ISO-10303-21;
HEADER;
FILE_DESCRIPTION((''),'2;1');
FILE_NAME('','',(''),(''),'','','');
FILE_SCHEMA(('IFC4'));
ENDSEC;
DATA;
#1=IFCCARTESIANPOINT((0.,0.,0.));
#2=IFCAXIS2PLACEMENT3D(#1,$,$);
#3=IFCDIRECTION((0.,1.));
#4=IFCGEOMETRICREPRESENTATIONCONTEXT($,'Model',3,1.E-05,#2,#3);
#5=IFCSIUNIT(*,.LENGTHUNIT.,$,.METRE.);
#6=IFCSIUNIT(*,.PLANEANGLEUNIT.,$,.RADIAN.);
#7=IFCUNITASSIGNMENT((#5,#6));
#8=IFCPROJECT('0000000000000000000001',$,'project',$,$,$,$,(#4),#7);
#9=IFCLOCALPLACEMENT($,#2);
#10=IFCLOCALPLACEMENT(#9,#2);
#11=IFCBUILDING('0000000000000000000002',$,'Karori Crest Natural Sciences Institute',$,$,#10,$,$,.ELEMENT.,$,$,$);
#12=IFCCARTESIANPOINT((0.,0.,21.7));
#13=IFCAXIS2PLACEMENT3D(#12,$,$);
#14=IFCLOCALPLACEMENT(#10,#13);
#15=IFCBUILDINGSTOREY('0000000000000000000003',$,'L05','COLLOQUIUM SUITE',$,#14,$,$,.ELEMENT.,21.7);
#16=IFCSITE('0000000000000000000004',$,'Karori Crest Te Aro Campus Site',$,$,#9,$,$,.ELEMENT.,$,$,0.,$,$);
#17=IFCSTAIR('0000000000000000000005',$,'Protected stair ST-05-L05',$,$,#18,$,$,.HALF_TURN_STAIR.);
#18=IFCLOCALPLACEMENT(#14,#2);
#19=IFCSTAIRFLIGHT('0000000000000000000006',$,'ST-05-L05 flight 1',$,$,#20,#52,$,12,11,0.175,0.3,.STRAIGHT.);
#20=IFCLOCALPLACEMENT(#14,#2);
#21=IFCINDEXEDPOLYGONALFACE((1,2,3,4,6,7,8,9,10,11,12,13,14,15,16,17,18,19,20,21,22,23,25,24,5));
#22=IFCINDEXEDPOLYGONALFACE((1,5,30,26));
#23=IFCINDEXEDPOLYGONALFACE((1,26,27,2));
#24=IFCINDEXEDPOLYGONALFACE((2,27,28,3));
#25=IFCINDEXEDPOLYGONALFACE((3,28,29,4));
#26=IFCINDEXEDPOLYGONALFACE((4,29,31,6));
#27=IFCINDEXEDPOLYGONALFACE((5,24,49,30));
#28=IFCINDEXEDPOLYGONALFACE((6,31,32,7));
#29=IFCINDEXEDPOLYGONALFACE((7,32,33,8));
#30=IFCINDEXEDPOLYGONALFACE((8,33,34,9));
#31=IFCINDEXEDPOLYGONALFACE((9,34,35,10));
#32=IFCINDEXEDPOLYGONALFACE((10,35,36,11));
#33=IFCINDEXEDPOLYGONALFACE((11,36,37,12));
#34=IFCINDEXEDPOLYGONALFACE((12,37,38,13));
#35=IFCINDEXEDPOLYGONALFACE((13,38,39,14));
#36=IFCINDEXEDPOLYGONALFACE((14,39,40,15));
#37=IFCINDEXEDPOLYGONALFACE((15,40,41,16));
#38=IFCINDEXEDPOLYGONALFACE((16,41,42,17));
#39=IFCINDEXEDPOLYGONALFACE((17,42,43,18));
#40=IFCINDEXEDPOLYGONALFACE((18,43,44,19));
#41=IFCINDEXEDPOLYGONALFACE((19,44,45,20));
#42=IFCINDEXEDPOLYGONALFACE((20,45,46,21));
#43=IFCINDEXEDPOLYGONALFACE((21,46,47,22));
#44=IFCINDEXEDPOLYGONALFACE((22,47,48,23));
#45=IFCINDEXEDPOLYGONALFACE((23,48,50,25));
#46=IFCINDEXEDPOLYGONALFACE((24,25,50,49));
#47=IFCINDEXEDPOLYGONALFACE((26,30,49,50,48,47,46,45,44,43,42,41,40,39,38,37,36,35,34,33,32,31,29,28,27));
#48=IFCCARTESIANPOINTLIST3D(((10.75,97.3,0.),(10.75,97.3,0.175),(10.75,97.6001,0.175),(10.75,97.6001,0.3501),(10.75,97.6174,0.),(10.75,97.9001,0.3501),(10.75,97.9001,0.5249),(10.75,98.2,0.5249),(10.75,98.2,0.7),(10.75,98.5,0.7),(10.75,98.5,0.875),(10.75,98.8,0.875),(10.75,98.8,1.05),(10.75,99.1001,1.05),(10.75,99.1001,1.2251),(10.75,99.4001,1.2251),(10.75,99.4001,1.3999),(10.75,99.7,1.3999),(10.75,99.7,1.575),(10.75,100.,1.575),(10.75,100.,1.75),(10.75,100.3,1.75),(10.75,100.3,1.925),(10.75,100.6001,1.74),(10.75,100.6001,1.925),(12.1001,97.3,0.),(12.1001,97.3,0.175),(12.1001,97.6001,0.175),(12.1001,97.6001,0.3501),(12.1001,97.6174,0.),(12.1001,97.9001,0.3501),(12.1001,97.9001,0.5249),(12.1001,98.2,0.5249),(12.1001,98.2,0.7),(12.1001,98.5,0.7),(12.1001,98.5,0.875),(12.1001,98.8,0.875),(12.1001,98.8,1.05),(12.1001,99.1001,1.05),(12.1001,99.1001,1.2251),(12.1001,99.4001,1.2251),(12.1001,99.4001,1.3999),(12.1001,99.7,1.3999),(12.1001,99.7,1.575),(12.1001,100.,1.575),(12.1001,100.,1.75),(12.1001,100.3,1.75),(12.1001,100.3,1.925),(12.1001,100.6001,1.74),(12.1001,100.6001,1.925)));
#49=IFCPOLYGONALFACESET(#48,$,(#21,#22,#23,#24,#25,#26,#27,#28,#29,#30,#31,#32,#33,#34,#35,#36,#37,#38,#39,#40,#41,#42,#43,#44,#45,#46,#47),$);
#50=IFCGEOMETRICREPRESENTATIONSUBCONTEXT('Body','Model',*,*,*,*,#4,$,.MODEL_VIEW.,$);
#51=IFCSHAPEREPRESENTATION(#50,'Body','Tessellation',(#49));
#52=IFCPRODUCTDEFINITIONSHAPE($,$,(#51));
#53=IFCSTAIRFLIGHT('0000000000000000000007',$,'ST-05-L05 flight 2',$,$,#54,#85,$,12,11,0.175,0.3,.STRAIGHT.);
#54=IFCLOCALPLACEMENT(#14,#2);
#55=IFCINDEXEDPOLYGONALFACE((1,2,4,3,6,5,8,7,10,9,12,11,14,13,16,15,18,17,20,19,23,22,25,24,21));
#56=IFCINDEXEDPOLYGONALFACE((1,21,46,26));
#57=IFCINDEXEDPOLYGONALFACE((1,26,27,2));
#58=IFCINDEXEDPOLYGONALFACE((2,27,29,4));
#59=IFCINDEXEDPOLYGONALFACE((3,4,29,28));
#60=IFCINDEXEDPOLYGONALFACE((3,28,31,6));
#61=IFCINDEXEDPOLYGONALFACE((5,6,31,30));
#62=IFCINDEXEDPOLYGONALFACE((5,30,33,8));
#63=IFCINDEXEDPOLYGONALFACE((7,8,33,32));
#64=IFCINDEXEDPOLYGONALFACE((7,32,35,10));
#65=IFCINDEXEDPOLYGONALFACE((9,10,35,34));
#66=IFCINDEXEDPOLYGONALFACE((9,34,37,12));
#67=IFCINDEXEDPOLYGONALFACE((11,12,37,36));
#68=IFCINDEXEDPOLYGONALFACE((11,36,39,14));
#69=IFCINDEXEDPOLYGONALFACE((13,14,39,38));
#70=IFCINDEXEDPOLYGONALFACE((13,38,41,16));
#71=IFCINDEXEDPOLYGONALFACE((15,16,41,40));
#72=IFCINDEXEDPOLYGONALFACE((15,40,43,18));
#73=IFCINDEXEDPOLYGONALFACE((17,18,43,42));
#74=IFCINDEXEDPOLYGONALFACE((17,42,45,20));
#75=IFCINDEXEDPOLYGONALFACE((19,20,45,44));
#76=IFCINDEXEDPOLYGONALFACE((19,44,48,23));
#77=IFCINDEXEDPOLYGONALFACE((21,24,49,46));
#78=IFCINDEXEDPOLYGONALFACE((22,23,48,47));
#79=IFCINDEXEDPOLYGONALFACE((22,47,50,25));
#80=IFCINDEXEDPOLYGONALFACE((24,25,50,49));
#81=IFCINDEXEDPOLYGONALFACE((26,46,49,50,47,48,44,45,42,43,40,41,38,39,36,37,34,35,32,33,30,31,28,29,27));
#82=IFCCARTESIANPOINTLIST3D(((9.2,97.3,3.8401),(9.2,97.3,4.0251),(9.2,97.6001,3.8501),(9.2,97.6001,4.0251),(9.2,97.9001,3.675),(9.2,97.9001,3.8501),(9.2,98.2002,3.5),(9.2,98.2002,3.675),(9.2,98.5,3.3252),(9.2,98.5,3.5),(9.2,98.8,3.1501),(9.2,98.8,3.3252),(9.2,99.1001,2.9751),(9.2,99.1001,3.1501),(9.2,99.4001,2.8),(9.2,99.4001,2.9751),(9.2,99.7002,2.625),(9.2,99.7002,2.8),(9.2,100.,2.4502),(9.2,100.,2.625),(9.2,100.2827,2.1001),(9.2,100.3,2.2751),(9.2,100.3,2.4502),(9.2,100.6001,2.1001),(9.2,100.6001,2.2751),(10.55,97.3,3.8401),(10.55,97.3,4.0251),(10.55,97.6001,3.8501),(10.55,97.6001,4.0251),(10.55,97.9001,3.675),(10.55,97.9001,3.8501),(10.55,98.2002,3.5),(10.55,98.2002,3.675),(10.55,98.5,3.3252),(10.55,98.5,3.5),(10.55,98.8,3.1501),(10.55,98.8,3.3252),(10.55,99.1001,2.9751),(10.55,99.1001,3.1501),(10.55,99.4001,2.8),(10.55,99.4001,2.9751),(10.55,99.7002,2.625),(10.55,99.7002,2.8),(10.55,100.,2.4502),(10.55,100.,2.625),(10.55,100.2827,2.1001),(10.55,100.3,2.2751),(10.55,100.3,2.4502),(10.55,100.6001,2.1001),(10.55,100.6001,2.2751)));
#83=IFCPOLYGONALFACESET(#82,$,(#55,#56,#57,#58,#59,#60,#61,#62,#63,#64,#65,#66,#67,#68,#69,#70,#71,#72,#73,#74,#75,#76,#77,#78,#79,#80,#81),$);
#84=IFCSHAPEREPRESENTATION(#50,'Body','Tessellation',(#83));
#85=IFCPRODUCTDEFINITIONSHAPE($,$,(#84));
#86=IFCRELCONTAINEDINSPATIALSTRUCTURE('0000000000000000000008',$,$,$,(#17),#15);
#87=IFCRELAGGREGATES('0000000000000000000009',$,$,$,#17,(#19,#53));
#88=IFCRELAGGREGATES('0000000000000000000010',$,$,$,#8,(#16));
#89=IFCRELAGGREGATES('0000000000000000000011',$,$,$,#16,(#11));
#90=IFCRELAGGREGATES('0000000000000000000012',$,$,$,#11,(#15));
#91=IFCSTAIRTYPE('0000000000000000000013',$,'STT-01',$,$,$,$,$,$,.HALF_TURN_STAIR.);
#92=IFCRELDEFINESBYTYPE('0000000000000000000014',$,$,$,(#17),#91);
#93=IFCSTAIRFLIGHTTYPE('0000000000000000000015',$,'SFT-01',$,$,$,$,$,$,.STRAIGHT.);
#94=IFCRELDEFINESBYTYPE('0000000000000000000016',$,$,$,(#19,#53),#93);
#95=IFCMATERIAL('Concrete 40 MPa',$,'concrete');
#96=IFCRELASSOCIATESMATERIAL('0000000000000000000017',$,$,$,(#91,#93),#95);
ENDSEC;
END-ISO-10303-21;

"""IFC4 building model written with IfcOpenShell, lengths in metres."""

from ifc_helpers import new_model, si_unit, direction, frame, origin, place, context, subcontext, project, spatial, polyline, outline, extrude, material, type_object, element, aggregate, save


model = new_model("IFC4")

# Units and contexts
model_context = context("Model", 3, precision=1e-05, world=origin(), true_north=direction((0.0, 1.0)))
body_context = subcontext(model_context, "Body", "Model", "MODEL_VIEW")
ifc_project = project(units=[si_unit("LENGTHUNIT", "METRE"), si_unit("PLANEANGLEUNIT", "RADIAN")], contexts=[model_context])

# Site, building, storey
site_placement = place(None, origin())
site = spatial("IfcSite", under=ifc_project, at=site_placement, Name="Karori Crest Te Aro Campus Site", CompositionType="ELEMENT", RefElevation=0.0)
building_placement = place(site_placement, origin())
building = spatial("IfcBuilding", under=site, at=building_placement, Name="Karori Crest Natural Sciences Institute", CompositionType="ELEMENT")
storey_placement = place(building_placement, frame((0.0, 0.0, 21.7)))
storey = spatial("IfcBuildingStorey", under=building, at=storey_placement, Name="L05", Description="COLLOQUIUM SUITE", CompositionType="ELEMENT", Elevation=21.7)

# Stair, stair flights
ifc_material_1 = material(Name="Concrete 40 MPa", Category="concrete")
stair_type = type_object("IfcStairType", Name="STT-01", PredefinedType="HALF_TURN_STAIR", material=ifc_material_1)
stair_placement = place(storey_placement, origin())
stair = element("IfcStair", 1, at=stair_placement, inside=storey, type_object=stair_type, Name="Protected stair ST-05-L05", PredefinedType="HALF_TURN_STAIR")
stair_flight_type = type_object("IfcStairFlightType", Name="SFT-01", PredefinedType="STRAIGHT", material=ifc_material_1)
stair_flight_1_placement = place(storey_placement, frame((11.425, 97.3, 0.0), z_axis=(0.0, 0.0, 1.0), x_axis=(0.0, 1.0, 0.0)))
stair_flight_1 = element("IfcStairFlight", 2, at=stair_flight_1_placement, type_object=stair_flight_type, Name="ST-05-L05 flight 1", NumberOfRisers=12, NumberOfTreads=11, PredefinedType="STRAIGHT", RiserHeight=0.175, TreadLength=0.3, context=body_context, shape_type="SweptSolid", body=[
    extrude(outline(polyline([(0.0, 0.0), (0.0, 0.175), (0.3, 0.175), (0.3, 0.3501), (0.6001, 0.3501), (0.6001, 0.5249), (0.8999, 0.5249), (0.8999, 0.7), (1.2, 0.7), (1.2, 0.875), (1.5, 0.875), (1.5, 1.05), (1.8, 1.05), (1.8, 1.2251), (2.1001, 1.2251), (2.1001, 1.3999), (2.3999, 1.3999), (2.3999, 1.575), (2.7, 1.575), (2.7, 1.75), (3.0, 1.75), (3.0, 1.925), (3.3, 1.925), (3.3, 2.1001), (3.3, 1.74), (0.3174, 0.0), (0.0, 0.0)])), frame((0.0, 0.675, 0.0), z_axis=(0.0, -1.0, 0.0), x_axis=(1.0, 0.0, 0.0)), (0.0, 0.0, 1.0), 1.3501),
])
stair_flight_2_placement = place(storey_placement, frame((9.875, 100.6001, 2.1001), z_axis=(0.0, 0.0, 1.0), x_axis=(0.0, -1.0, 0.0)))
stair_flight_2 = element("IfcStairFlight", 3, at=stair_flight_2_placement, type_object=stair_flight_type, Name="ST-05-L05 flight 2", NumberOfRisers=12, NumberOfTreads=11, PredefinedType="STRAIGHT", RiserHeight=0.175, TreadLength=0.3, context=body_context, shape_type="SweptSolid", body=[
    extrude(outline(polyline([(0.0, 0.0), (0.0, 0.175), (0.3, 0.175), (0.3, 0.3501), (0.6001, 0.3501), (0.6001, 0.5249), (0.8999, 0.5249), (0.8999, 0.7), (1.2, 0.7), (1.2, 0.875), (1.5, 0.875), (1.5, 1.05), (1.8, 1.05), (1.8, 1.2251), (2.1001, 1.2251), (2.1001, 1.3999), (2.3999, 1.3999), (2.3999, 1.575), (2.7, 1.575), (2.7, 1.75), (3.0, 1.75), (3.0, 1.925), (3.3, 1.925), (3.3, 2.1001), (3.3, 1.74), (0.3174, 0.0), (0.0, 0.0)])), frame((0.0, 0.675, 0.0), z_axis=(0.0, -1.0, 0.0), x_axis=(1.0, 0.0, 0.0)), (0.0, 0.0, 1.0), 1.3501),
])
aggregate(stair, [stair_flight_1, stair_flight_2])

save(model, "model.ifc")
